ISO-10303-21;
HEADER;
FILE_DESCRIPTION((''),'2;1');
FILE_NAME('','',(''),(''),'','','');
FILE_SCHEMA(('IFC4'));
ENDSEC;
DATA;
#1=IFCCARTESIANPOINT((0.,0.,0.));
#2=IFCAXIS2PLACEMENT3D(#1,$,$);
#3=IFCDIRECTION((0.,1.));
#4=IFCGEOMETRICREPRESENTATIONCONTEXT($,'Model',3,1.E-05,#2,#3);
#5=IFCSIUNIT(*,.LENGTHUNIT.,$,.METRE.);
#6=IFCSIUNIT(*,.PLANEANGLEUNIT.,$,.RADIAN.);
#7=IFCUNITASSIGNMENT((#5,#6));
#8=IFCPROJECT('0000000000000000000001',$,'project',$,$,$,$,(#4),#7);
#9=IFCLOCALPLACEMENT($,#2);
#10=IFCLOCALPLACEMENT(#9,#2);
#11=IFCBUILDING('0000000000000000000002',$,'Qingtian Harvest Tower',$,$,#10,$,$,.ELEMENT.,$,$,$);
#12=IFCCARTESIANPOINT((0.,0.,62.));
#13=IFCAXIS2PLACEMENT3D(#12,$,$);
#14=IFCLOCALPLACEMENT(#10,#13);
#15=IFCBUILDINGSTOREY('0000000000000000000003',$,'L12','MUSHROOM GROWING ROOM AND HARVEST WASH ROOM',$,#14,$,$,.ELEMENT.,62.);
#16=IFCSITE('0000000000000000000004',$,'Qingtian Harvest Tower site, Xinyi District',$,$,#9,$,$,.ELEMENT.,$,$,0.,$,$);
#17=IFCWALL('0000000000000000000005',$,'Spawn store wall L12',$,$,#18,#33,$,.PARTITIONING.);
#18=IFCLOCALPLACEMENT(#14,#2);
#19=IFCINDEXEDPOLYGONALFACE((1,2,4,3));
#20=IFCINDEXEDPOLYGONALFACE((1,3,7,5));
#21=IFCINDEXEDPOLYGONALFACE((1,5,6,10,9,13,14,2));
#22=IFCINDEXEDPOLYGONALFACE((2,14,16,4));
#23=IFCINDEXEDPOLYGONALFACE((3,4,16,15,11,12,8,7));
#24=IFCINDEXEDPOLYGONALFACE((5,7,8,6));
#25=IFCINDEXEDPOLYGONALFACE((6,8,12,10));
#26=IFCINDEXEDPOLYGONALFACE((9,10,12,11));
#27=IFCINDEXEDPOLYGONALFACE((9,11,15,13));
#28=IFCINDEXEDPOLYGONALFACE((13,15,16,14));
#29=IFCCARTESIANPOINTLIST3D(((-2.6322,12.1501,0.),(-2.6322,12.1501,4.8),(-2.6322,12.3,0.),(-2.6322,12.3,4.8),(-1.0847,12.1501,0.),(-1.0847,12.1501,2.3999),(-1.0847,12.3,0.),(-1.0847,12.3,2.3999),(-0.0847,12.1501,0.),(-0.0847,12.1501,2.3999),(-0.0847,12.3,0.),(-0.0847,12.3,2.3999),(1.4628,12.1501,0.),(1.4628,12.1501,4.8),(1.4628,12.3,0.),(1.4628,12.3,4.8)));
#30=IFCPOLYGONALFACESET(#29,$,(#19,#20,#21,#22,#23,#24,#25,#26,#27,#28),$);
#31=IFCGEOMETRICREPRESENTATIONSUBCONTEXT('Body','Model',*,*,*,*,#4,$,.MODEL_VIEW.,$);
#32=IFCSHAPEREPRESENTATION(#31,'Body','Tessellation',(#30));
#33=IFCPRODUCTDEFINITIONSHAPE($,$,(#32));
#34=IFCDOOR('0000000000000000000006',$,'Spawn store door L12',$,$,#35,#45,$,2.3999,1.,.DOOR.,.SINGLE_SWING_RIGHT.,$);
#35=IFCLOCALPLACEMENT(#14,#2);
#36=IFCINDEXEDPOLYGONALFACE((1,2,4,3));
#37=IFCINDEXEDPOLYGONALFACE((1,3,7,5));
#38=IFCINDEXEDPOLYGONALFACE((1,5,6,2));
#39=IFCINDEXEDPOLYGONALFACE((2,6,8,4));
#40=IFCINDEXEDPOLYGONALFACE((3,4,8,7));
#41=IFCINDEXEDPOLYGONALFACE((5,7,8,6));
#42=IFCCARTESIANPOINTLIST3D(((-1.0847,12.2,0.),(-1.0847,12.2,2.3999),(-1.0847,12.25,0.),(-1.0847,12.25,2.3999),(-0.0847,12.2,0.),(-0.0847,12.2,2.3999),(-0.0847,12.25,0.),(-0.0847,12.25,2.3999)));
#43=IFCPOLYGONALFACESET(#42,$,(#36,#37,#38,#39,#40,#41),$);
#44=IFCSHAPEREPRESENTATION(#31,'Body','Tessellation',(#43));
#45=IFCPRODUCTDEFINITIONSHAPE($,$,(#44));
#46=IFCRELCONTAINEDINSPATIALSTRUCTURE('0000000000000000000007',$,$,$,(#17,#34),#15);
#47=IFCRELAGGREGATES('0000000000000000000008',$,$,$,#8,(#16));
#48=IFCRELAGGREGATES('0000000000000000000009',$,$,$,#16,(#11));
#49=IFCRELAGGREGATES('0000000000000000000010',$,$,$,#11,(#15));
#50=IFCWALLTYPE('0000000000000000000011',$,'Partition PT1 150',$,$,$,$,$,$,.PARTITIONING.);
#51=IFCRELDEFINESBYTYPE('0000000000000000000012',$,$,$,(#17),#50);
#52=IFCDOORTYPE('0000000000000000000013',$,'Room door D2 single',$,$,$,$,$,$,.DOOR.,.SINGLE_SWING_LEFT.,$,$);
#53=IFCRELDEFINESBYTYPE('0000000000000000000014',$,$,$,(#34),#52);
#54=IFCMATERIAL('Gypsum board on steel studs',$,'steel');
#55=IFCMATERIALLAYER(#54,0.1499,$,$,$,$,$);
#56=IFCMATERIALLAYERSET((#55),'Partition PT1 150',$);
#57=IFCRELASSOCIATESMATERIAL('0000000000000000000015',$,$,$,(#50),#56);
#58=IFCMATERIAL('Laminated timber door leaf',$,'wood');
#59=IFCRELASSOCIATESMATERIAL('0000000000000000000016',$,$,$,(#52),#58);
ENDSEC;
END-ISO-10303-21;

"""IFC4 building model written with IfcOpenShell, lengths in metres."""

from ifc_helpers import new_model, si_unit, direction, frame, frame_2d, origin, place, context, subcontext, project, spatial, rectangle, extrude, material, layer, layer_set, type_object, element, fill, save


model = new_model("IFC4")

# Units and contexts
model_context = context("Model", 3, precision=1e-05, world=origin(), true_north=direction((0.0, 1.0)))
body_context = subcontext(model_context, "Body", "Model", "MODEL_VIEW")
ifc_project = project(units=[si_unit("LENGTHUNIT", "METRE"), si_unit("PLANEANGLEUNIT", "RADIAN")], contexts=[model_context])

# Site, building, storey
site_placement = place(None, origin())
site = spatial("IfcSite", under=ifc_project, at=site_placement, Name="Qingtian Harvest Tower site, Xinyi District", CompositionType="ELEMENT", RefElevation=0.0)
building_placement = place(site_placement, origin())
building = spatial("IfcBuilding", under=site, at=building_placement, Name="Qingtian Harvest Tower", CompositionType="ELEMENT")
storey_placement = place(building_placement, frame((0.0, 0.0, 62.0)))
storey = spatial("IfcBuildingStorey", under=building, at=storey_placement, Name="L12", Description="MUSHROOM GROWING ROOM AND HARVEST WASH ROOM", CompositionType="ELEMENT", Elevation=62.0)

# Shared definitions
ifc_material_1 = material(Name="Gypsum board on steel studs", Category="steel")
ifc_layer_1 = layer(ifc_material_1, 0.1499)
ifc_layer_set_1 = layer_set([ifc_layer_1], Name="Partition PT1 150")
wall_type = type_object("IfcWallType", Name="Partition PT1 150", PredefinedType="PARTITIONING", material=ifc_layer_set_1)
ifc_material_2 = material(Name="Laminated timber door leaf", Category="wood")
door_type = type_object("IfcDoorType", Name="Room door D2 single", OperationType="SINGLE_SWING_LEFT", PredefinedType="DOOR", material=ifc_material_2)

# Wall, opening, door
wall_1_placement = place(storey_placement, frame((-2.6321, 12.2251, 0.0), z_axis=(0.0, 0.0, 1.0), x_axis=(1.0, 0.0, 0.0)))
wall_1 = element("IfcWall", 1, at=wall_1_placement, inside=storey, type_object=wall_type, Name="Spawn store wall L12", PredefinedType="PARTITIONING", context=body_context, shape_type="SweptSolid", body=[
    extrude(rectangle(XDim=4.095, YDim=0.1499, at=frame_2d((2.0474, 0.0))), origin(), (0.0, 0.0, 1.0), 4.8),
])
opening_1_placement = place(wall_1_placement, frame((1.5474, 0.0, 0.0)))
opening_1 = element("IfcOpeningElement", 2, at=opening_1_placement, cuts=wall_1, PredefinedType="OPENING", context=body_context, shape_type="SweptSolid", body=[
    extrude(rectangle(XDim=1.0, YDim=2.3999, at=frame_2d((0.5, 1.2))), frame((0.0, 0.085, 0.0), z_axis=(0.0, -1.0, 0.0), x_axis=(1.0, 0.0, 0.0)), (0.0, 0.0, 1.0), 0.1699),
])
door_1_placement = place(opening_1_placement, origin())
door_1 = element("IfcDoor", 3, at=door_1_placement, inside=storey, type_object=door_type, Name="Spawn store door L12", OperationType="SINGLE_SWING_RIGHT", OverallHeight=2.3999, OverallWidth=1.0, PredefinedType="DOOR", context=body_context, shape_type="SweptSolid", body=[
    extrude(rectangle(XDim=1.0, YDim=2.3999, at=frame_2d((0.5, 1.2))), frame((0.0, 0.0249, 0.0), z_axis=(0.0, -1.0, 0.0), x_axis=(1.0, 0.0, 0.0)), (0.0, 0.0, 1.0), 0.05),
])
fill(opening_1, door_1)

save(model, "model.ifc")
